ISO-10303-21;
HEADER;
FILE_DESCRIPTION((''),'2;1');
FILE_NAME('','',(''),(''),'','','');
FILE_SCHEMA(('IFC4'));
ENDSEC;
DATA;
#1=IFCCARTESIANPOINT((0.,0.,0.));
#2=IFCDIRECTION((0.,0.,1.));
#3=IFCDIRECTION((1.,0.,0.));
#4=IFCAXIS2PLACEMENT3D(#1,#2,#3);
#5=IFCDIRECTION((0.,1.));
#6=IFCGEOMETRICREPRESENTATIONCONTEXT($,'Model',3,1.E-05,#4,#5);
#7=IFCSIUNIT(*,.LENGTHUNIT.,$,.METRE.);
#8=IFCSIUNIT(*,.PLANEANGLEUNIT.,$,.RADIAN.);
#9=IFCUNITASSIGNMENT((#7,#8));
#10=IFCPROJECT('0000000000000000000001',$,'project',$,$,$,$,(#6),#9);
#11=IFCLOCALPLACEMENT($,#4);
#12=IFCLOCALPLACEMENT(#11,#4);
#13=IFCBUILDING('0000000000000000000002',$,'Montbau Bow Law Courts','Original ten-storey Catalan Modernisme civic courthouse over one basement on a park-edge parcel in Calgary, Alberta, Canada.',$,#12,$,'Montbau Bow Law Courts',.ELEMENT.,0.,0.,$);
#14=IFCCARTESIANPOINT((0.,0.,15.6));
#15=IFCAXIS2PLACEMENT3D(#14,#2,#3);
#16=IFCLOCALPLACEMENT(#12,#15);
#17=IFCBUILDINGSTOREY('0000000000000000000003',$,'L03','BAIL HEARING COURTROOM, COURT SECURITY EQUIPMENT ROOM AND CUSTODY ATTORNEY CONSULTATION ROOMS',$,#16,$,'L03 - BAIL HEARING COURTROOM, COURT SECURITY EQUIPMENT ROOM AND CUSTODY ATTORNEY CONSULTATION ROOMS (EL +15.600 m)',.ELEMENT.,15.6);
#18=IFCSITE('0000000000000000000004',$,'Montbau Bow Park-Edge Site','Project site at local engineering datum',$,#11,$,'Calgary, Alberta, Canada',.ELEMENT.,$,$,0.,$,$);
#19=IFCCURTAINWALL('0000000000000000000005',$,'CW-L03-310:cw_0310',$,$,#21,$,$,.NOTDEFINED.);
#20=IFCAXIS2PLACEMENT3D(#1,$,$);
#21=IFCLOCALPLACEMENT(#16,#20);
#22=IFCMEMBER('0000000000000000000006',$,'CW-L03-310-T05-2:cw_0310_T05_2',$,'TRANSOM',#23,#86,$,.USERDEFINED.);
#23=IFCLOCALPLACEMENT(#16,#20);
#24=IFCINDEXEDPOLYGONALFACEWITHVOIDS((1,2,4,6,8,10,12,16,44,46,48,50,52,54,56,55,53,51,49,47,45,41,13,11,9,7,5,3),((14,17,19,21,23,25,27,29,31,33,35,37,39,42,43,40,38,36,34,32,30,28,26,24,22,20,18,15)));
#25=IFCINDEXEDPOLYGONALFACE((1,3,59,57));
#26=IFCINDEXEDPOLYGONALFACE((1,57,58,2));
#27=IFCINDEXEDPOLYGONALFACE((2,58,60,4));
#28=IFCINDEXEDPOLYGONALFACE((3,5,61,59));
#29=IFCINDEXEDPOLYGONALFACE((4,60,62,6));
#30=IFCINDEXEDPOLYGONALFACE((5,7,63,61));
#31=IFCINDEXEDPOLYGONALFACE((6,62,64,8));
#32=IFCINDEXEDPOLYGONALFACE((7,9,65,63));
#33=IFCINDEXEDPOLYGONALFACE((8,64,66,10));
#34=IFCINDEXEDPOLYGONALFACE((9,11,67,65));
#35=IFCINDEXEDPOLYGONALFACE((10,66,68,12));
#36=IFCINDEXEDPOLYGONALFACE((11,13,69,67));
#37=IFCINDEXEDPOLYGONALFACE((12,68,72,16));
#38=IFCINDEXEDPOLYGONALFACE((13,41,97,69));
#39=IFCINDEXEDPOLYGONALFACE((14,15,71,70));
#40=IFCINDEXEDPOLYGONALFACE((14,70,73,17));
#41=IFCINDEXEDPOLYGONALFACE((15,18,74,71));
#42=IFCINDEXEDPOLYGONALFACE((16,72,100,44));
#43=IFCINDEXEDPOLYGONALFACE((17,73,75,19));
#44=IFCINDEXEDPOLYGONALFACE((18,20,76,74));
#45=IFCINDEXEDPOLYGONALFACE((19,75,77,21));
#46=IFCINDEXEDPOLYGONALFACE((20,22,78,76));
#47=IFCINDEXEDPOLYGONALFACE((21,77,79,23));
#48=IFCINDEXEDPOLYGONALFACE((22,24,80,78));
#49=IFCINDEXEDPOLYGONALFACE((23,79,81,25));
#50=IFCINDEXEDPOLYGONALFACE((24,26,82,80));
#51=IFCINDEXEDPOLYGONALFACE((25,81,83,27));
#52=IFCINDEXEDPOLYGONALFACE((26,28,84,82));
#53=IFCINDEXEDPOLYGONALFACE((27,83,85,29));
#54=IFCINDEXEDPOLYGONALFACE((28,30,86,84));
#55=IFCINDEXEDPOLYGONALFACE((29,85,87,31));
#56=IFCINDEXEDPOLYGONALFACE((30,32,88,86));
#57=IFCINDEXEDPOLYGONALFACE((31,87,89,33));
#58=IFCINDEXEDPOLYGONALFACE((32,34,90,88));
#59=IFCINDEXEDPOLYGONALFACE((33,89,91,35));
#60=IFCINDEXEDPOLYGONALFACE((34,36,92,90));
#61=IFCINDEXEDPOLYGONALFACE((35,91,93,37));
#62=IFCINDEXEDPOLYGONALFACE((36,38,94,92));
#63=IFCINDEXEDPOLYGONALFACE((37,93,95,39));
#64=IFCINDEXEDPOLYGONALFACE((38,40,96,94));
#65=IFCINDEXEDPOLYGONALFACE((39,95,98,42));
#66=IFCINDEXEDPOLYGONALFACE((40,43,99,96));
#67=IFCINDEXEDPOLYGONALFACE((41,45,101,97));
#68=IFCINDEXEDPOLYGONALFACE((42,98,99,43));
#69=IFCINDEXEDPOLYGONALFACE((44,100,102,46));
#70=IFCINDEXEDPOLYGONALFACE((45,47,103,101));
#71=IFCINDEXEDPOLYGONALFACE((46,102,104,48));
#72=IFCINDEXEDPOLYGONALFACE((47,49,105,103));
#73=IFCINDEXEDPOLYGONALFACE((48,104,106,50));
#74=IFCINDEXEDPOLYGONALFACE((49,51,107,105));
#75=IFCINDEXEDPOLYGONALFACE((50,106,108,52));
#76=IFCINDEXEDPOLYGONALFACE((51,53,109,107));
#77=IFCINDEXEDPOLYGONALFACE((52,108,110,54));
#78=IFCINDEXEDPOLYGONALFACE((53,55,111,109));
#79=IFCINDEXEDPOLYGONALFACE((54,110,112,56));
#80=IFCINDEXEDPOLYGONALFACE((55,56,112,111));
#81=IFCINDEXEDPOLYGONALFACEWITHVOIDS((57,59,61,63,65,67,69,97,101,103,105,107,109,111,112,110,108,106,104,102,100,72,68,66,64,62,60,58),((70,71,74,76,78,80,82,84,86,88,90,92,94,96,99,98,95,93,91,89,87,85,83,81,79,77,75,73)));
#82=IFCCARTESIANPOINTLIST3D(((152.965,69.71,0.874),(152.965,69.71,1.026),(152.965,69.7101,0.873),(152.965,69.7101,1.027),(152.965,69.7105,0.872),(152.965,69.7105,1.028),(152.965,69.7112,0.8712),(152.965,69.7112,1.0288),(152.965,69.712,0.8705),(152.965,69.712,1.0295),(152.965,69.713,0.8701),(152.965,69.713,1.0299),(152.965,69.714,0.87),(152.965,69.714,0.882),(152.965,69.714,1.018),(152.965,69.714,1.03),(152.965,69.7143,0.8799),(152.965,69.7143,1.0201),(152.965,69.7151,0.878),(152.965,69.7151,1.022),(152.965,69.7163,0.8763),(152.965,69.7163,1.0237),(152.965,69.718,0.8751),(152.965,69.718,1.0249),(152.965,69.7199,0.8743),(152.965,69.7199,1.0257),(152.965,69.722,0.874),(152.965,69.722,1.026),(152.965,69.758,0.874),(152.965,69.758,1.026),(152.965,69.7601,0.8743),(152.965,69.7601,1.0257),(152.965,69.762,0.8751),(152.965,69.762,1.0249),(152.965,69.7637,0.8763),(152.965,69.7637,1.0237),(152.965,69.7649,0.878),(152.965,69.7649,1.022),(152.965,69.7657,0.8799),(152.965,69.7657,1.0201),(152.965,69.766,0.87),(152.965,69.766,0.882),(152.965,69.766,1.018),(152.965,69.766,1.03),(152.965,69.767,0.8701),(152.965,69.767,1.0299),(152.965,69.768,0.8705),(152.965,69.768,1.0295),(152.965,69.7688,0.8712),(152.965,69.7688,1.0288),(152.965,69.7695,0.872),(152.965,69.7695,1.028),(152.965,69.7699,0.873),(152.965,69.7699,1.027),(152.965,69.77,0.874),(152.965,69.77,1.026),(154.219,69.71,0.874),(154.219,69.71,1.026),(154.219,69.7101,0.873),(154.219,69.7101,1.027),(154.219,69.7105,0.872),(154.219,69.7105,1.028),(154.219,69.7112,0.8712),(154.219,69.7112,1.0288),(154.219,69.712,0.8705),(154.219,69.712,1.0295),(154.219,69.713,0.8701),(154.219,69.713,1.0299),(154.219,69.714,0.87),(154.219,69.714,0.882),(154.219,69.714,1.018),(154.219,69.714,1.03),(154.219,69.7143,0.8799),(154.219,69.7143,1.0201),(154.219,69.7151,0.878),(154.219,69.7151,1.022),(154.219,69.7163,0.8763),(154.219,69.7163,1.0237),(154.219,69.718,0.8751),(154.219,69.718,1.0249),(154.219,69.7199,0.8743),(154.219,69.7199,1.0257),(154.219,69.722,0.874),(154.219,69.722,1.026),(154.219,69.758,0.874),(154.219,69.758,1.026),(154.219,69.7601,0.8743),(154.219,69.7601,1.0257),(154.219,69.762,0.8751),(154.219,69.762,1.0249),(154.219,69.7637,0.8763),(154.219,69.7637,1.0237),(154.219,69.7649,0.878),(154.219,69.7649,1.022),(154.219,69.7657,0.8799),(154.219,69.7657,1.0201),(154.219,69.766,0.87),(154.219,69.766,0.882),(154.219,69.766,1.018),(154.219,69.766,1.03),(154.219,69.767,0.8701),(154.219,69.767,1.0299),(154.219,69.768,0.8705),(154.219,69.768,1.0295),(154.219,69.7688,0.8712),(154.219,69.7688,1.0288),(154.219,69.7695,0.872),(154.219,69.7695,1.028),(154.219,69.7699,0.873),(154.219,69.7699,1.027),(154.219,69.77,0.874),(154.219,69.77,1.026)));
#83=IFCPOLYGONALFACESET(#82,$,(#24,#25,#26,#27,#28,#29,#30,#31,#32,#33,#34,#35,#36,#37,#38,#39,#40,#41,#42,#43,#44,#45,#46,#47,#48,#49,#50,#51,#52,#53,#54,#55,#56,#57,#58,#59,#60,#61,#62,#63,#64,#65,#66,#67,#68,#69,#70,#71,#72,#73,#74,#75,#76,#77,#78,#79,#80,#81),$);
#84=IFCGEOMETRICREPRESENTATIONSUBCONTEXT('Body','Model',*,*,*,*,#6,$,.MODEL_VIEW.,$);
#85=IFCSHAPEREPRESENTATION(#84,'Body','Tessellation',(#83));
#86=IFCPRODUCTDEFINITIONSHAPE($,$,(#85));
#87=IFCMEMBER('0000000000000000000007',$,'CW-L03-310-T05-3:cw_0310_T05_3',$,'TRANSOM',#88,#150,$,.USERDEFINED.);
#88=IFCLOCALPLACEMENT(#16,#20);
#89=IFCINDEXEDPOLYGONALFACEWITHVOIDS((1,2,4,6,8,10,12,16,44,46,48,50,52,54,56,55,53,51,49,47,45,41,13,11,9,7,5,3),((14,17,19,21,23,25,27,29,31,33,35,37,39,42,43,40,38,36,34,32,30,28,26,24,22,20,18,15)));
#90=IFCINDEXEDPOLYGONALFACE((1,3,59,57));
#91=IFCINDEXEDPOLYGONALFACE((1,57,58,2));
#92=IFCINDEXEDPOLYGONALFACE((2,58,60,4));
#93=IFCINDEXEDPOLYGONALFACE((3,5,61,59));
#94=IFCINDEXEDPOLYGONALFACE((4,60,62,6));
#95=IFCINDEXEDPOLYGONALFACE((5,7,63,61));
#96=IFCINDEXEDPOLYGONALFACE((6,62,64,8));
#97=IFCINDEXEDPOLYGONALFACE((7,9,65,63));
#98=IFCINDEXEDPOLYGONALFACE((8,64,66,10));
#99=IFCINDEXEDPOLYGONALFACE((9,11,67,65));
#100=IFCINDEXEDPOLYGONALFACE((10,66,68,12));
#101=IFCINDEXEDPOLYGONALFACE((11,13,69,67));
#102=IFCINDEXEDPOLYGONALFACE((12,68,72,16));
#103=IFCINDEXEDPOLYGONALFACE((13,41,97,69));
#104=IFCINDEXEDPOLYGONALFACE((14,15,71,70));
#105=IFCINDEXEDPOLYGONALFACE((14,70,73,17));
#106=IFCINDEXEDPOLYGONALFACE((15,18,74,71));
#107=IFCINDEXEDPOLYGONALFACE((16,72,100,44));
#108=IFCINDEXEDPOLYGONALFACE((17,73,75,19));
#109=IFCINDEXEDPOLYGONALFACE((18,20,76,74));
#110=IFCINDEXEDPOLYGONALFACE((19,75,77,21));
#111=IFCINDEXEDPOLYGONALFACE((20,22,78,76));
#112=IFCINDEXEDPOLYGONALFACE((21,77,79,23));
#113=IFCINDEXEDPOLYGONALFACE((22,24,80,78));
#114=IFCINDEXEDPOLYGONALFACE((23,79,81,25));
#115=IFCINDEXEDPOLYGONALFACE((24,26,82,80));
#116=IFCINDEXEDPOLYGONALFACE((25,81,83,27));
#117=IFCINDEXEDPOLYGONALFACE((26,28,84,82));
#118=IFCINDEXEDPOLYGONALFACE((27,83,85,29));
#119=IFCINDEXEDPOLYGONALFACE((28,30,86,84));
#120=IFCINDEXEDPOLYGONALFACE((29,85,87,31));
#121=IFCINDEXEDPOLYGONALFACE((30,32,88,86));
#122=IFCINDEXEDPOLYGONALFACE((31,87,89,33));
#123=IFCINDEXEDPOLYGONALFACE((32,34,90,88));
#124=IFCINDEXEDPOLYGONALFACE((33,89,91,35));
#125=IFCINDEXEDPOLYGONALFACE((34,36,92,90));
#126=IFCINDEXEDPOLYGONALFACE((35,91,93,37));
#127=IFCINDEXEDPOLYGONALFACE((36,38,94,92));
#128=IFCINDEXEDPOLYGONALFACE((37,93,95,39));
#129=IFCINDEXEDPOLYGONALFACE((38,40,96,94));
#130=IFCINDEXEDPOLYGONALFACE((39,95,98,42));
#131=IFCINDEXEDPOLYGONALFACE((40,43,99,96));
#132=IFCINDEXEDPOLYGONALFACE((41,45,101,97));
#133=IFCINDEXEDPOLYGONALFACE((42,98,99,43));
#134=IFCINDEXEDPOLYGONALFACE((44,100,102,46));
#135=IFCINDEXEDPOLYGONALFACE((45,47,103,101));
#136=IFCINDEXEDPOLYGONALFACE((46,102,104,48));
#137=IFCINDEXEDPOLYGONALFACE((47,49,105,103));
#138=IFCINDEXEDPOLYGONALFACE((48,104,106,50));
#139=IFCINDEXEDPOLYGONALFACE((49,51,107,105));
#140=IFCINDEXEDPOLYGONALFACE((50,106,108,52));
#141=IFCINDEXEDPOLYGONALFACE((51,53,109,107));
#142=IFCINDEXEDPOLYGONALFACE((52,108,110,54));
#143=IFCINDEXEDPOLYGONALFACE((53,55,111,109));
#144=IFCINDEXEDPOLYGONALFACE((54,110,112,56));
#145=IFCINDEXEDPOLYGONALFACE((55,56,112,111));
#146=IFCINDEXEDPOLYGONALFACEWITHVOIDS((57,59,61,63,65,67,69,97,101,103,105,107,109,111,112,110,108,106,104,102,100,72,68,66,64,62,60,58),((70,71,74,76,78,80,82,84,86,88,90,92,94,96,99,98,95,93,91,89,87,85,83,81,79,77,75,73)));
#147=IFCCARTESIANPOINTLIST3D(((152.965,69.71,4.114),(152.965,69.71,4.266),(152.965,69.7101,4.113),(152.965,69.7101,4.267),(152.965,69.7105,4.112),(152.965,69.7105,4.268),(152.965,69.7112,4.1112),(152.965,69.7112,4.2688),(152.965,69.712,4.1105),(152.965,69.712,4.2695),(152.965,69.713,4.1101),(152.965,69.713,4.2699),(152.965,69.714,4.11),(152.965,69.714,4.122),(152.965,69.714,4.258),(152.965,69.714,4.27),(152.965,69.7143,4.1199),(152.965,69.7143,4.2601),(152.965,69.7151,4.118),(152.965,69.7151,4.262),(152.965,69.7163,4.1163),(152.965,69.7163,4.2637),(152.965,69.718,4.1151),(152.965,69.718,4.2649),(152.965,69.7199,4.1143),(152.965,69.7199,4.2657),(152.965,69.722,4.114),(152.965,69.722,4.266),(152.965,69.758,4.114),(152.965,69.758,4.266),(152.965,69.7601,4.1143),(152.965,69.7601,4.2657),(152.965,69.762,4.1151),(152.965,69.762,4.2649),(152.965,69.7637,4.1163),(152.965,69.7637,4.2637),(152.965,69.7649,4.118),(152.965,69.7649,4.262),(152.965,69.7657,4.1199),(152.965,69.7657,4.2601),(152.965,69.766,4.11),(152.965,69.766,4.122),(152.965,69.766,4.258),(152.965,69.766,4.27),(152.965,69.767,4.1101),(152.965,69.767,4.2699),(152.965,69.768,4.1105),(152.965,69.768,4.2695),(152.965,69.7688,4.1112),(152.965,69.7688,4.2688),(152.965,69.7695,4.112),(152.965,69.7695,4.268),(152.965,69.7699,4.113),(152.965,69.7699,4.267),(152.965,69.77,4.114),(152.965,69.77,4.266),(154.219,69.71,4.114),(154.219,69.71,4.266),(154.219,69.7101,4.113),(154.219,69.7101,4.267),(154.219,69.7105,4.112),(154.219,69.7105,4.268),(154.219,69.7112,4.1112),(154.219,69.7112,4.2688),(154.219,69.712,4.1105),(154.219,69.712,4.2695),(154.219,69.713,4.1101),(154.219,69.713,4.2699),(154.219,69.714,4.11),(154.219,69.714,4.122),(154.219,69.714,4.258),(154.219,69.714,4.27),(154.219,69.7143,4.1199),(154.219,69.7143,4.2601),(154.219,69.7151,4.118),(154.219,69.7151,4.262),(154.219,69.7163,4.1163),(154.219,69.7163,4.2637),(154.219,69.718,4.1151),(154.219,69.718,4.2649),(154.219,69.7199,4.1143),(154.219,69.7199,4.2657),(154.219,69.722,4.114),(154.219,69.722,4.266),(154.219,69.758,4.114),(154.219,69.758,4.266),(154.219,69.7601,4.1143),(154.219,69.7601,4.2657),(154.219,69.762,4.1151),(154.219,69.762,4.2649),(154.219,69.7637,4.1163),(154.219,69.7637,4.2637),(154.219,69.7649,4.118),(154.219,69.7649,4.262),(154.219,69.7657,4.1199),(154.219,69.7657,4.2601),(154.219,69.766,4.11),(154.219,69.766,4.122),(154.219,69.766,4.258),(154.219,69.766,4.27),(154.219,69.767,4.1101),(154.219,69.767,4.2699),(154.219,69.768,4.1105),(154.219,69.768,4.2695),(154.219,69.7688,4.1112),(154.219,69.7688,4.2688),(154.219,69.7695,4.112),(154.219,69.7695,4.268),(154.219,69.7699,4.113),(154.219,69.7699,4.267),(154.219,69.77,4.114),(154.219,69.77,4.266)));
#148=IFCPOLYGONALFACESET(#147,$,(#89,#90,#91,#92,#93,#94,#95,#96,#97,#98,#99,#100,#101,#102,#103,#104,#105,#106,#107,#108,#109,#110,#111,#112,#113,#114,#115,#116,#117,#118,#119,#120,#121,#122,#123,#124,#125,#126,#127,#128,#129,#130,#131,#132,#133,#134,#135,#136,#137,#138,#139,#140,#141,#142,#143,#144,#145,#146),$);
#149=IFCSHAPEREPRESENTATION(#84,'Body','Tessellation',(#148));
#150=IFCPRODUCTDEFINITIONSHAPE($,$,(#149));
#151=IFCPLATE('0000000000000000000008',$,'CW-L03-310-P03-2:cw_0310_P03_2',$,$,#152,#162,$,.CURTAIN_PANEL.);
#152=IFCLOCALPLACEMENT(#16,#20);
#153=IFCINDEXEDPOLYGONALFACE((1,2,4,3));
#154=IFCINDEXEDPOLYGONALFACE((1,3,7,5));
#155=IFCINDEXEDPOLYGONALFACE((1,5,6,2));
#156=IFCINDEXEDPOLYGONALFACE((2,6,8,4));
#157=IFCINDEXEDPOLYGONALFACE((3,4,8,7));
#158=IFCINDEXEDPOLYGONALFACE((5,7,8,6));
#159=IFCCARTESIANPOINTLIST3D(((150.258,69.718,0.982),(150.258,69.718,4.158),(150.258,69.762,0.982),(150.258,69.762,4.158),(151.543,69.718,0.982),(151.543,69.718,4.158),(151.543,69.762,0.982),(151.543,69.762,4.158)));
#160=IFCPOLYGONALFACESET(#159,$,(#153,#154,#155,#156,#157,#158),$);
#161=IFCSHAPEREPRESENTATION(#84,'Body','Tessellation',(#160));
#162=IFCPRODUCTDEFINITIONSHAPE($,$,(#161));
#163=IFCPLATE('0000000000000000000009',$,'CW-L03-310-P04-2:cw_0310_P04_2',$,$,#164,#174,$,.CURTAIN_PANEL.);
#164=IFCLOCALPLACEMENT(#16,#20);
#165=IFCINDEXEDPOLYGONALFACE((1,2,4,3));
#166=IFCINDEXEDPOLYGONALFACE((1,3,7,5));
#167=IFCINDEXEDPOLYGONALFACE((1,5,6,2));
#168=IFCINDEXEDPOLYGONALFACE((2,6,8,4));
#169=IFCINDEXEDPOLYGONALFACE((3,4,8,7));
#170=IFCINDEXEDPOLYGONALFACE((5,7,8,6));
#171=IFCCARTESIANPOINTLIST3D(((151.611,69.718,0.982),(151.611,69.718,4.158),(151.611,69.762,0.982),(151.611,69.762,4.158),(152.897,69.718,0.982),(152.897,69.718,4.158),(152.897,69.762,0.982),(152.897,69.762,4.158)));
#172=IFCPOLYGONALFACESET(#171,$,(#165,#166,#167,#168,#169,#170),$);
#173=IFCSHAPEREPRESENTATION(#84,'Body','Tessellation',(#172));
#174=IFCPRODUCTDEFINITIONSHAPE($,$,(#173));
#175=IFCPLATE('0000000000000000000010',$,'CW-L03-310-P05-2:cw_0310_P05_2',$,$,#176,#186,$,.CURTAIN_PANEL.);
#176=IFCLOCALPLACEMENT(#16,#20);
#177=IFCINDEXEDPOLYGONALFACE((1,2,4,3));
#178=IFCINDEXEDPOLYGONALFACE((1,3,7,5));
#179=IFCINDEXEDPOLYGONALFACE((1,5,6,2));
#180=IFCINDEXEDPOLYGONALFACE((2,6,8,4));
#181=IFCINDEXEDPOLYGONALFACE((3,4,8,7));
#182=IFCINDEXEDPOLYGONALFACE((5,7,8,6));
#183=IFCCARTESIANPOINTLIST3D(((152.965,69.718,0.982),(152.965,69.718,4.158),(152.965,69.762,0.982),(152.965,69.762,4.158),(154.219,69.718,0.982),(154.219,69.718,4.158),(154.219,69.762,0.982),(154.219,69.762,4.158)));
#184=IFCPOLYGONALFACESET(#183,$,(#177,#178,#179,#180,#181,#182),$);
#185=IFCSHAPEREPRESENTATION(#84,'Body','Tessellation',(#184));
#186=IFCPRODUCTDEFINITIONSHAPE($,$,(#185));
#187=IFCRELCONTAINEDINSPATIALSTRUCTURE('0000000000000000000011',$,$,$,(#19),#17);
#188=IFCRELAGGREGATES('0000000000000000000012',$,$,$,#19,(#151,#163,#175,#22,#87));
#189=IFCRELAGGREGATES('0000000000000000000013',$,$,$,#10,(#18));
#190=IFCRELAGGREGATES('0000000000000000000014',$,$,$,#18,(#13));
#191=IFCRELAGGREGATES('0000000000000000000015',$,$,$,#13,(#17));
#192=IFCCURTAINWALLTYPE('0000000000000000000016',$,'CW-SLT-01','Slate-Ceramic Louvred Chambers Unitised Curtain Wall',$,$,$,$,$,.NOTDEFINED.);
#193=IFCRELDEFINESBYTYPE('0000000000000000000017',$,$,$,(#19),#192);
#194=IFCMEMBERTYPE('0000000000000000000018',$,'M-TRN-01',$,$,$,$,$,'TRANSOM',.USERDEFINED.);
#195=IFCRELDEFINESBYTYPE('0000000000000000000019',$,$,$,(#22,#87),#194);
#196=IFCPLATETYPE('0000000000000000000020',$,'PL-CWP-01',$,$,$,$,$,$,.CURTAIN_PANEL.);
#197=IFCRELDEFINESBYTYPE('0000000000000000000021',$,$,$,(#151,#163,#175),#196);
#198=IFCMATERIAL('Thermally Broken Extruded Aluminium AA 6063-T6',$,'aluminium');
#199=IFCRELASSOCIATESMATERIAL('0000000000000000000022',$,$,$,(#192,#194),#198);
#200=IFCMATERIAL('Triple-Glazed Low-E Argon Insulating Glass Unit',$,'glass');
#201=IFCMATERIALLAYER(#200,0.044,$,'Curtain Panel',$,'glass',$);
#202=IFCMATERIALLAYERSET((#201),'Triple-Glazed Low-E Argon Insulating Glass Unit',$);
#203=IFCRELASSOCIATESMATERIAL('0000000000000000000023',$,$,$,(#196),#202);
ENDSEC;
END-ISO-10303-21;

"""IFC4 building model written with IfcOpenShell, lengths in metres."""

from ifc_helpers import new_model, si_unit, direction, frame, frame_2d, origin_with_axes, origin_2d_with_axis, place, context, subcontext, project, spatial, rectangle, hollow_rectangle, extrude, material, layer, layer_set, material_profile, profile_set, type_object, element, aggregate, save


model = new_model("IFC4")

# Units and contexts
model_context = context("Model", 3, precision=1e-05, world=origin_with_axes(), true_north=direction((0.0, 1.0)))
body_context = subcontext(model_context, "Body", "Model", "MODEL_VIEW")
ifc_project = project(units=[si_unit("LENGTHUNIT", "METRE"), si_unit("PLANEANGLEUNIT", "RADIAN")], contexts=[model_context])

# Site, building, storey
site_placement = place(None, origin_with_axes())
site = spatial("IfcSite", under=ifc_project, at=site_placement, Name="Montbau Bow Park-Edge Site", Description="Project site at local engineering datum", LongName="Calgary, Alberta, Canada", CompositionType="ELEMENT", RefElevation=0.0)
building_placement = place(site_placement, origin_with_axes())
building = spatial("IfcBuilding", under=site, at=building_placement, Name="Montbau Bow Law Courts", Description="Original ten-storey Catalan Modernisme civic courthouse over one basement on a park-edge parcel in Calgary, Alberta, Canada.", LongName="Montbau Bow Law Courts", CompositionType="ELEMENT", ElevationOfRefHeight=0.0, ElevationOfTerrain=0.0)
storey_placement = place(building_placement, frame((0.0, 0.0, 15.6), z_axis=(0.0, 0.0, 1.0), x_axis=(1.0, 0.0, 0.0)))
storey = spatial("IfcBuildingStorey", under=building, at=storey_placement, Name="L03", Description="BAIL HEARING COURTROOM, COURT SECURITY EQUIPMENT ROOM AND CUSTODY ATTORNEY CONSULTATION ROOMS", LongName="L03 - BAIL HEARING COURTROOM, COURT SECURITY EQUIPMENT ROOM AND CUSTODY ATTORNEY CONSULTATION ROOMS (EL +15.600 m)", CompositionType="ELEMENT", Elevation=15.6)

# Curtain wall, members, plates
ifc_material_1 = material(Name="Thermally Broken Extruded Aluminium AA 6063-T6", Category="aluminium")
curtain_wall_type = type_object("IfcCurtainWallType", Name="CW-SLT-01", Description="Slate-Ceramic Louvred Chambers Unitised Curtain Wall", PredefinedType="NOTDEFINED", material=ifc_material_1)
curtain_wall_placement = place(None, frame((147.515, 69.74, 15.6), z_axis=(0.0, 0.0, 1.0), x_axis=(1.0, 0.0, 0.0)))
curtain_wall = element("IfcCurtainWall", 1, at=curtain_wall_placement, inside=storey, type_object=curtain_wall_type, Name="CW-L03-310:cw_0310", PredefinedType="NOTDEFINED")
ifc_material_profile_1 = material_profile(ifc_material_1, hollow_rectangle(XDim=0.06, YDim=0.16, WallThickness=0.004, InnerFilletRadius=0.008, OuterFilletRadius=0.004, at=origin_2d_with_axis()), Name="CWT-160X60", Category="Main", Priority=0)
ifc_profile_set_1 = profile_set([ifc_material_profile_1], Name="Thermally Broken Extruded Aluminium AA 6063-T6")
member_type_1 = type_object("IfcMemberType", Name="M-TRN-01", ElementType="TRANSOM", PredefinedType="USERDEFINED", material=ifc_profile_set_1)
member_1_placement = place(None, frame((152.965, 69.74, 16.55), z_axis=(1.0, 0.0, 0.0), x_axis=(0.0, 1.0, 0.0)))
member_1 = element("IfcMember", 2, at=member_1_placement, type_object=member_type_1, Name="CW-L03-310-T05-2:cw_0310_T05_2", ObjectType="TRANSOM", PredefinedType="USERDEFINED", context=body_context, shape_type="SweptSolid", body=[
    extrude(hollow_rectangle(XDim=0.06, YDim=0.16, WallThickness=0.004, InnerFilletRadius=0.008, OuterFilletRadius=0.004, at=origin_2d_with_axis()), origin_with_axes(), (0.0, 0.0, 1.0), 1.254),
])
member_2_placement = place(None, frame((152.965, 69.74, 19.79), z_axis=(1.0, 0.0, 0.0), x_axis=(0.0, 1.0, 0.0)))
member_2 = element("IfcMember", 3, at=member_2_placement, type_object=member_type_1, Name="CW-L03-310-T05-3:cw_0310_T05_3", ObjectType="TRANSOM", PredefinedType="USERDEFINED", context=body_context, shape_type="SweptSolid", body=[
    extrude(hollow_rectangle(XDim=0.06, YDim=0.16, WallThickness=0.004, InnerFilletRadius=0.008, OuterFilletRadius=0.004, at=origin_2d_with_axis()), origin_with_axes(), (0.0, 0.0, 1.0), 1.254),
])
ifc_material_2 = material(Name="Triple-Glazed Low-E Argon Insulating Glass Unit", Category="glass")
ifc_layer_1 = layer(ifc_material_2, 0.044, Name="Curtain Panel", Category="glass")
ifc_layer_set_1 = layer_set([ifc_layer_1], Name="Triple-Glazed Low-E Argon Insulating Glass Unit")
plate_type_1 = type_object("IfcPlateType", Name="PL-CWP-01", PredefinedType="CURTAIN_PANEL", material=ifc_layer_set_1)
plate_1_placement = place(None, frame((150.258, 69.74, 16.582), z_axis=(0.0, -1.0, 0.0), x_axis=(1.0, 0.0, 0.0)))
plate_1 = element("IfcPlate", 4, at=plate_1_placement, type_object=plate_type_1, Name="CW-L03-310-P03-2:cw_0310_P03_2", PredefinedType="CURTAIN_PANEL", context=body_context, shape_type="SweptSolid", body=[
    extrude(rectangle(XDim=1.285, YDim=3.176, at=frame_2d((0.6425, 1.588), x_axis=(1.0, 0.0))), frame((0.0, 0.0, -0.022), z_axis=(0.0, 0.0, 1.0), x_axis=(1.0, 0.0, 0.0)), (0.0, 0.0, 1.0), 0.044),
])
plate_2_placement = place(None, frame((151.611, 69.74, 16.582), z_axis=(0.0, -1.0, 0.0), x_axis=(1.0, 0.0, 0.0)))
plate_2 = element("IfcPlate", 5, at=plate_2_placement, type_object=plate_type_1, Name="CW-L03-310-P04-2:cw_0310_P04_2", PredefinedType="CURTAIN_PANEL", context=body_context, shape_type="SweptSolid", body=[
    extrude(rectangle(XDim=1.286, YDim=3.176, at=frame_2d((0.643, 1.588), x_axis=(1.0, 0.0))), frame((0.0, 0.0, -0.022), z_axis=(0.0, 0.0, 1.0), x_axis=(1.0, 0.0, 0.0)), (0.0, 0.0, 1.0), 0.044),
])
plate_3_placement = place(None, frame((152.965, 69.74, 16.582), z_axis=(0.0, -1.0, 0.0), x_axis=(1.0, 0.0, 0.0)))
plate_3 = element("IfcPlate", 6, at=plate_3_placement, type_object=plate_type_1, Name="CW-L03-310-P05-2:cw_0310_P05_2", PredefinedType="CURTAIN_PANEL", context=body_context, shape_type="SweptSolid", body=[
    extrude(rectangle(XDim=1.254, YDim=3.176, at=frame_2d((0.627, 1.588), x_axis=(1.0, 0.0))), frame((0.0, 0.0, -0.022), z_axis=(0.0, 0.0, 1.0), x_axis=(1.0, 0.0, 0.0)), (0.0, 0.0, 1.0), 0.044),
])
aggregate(curtain_wall, [plate_1, plate_2, plate_3, member_1, member_2])

save(model, "model.ifc")
